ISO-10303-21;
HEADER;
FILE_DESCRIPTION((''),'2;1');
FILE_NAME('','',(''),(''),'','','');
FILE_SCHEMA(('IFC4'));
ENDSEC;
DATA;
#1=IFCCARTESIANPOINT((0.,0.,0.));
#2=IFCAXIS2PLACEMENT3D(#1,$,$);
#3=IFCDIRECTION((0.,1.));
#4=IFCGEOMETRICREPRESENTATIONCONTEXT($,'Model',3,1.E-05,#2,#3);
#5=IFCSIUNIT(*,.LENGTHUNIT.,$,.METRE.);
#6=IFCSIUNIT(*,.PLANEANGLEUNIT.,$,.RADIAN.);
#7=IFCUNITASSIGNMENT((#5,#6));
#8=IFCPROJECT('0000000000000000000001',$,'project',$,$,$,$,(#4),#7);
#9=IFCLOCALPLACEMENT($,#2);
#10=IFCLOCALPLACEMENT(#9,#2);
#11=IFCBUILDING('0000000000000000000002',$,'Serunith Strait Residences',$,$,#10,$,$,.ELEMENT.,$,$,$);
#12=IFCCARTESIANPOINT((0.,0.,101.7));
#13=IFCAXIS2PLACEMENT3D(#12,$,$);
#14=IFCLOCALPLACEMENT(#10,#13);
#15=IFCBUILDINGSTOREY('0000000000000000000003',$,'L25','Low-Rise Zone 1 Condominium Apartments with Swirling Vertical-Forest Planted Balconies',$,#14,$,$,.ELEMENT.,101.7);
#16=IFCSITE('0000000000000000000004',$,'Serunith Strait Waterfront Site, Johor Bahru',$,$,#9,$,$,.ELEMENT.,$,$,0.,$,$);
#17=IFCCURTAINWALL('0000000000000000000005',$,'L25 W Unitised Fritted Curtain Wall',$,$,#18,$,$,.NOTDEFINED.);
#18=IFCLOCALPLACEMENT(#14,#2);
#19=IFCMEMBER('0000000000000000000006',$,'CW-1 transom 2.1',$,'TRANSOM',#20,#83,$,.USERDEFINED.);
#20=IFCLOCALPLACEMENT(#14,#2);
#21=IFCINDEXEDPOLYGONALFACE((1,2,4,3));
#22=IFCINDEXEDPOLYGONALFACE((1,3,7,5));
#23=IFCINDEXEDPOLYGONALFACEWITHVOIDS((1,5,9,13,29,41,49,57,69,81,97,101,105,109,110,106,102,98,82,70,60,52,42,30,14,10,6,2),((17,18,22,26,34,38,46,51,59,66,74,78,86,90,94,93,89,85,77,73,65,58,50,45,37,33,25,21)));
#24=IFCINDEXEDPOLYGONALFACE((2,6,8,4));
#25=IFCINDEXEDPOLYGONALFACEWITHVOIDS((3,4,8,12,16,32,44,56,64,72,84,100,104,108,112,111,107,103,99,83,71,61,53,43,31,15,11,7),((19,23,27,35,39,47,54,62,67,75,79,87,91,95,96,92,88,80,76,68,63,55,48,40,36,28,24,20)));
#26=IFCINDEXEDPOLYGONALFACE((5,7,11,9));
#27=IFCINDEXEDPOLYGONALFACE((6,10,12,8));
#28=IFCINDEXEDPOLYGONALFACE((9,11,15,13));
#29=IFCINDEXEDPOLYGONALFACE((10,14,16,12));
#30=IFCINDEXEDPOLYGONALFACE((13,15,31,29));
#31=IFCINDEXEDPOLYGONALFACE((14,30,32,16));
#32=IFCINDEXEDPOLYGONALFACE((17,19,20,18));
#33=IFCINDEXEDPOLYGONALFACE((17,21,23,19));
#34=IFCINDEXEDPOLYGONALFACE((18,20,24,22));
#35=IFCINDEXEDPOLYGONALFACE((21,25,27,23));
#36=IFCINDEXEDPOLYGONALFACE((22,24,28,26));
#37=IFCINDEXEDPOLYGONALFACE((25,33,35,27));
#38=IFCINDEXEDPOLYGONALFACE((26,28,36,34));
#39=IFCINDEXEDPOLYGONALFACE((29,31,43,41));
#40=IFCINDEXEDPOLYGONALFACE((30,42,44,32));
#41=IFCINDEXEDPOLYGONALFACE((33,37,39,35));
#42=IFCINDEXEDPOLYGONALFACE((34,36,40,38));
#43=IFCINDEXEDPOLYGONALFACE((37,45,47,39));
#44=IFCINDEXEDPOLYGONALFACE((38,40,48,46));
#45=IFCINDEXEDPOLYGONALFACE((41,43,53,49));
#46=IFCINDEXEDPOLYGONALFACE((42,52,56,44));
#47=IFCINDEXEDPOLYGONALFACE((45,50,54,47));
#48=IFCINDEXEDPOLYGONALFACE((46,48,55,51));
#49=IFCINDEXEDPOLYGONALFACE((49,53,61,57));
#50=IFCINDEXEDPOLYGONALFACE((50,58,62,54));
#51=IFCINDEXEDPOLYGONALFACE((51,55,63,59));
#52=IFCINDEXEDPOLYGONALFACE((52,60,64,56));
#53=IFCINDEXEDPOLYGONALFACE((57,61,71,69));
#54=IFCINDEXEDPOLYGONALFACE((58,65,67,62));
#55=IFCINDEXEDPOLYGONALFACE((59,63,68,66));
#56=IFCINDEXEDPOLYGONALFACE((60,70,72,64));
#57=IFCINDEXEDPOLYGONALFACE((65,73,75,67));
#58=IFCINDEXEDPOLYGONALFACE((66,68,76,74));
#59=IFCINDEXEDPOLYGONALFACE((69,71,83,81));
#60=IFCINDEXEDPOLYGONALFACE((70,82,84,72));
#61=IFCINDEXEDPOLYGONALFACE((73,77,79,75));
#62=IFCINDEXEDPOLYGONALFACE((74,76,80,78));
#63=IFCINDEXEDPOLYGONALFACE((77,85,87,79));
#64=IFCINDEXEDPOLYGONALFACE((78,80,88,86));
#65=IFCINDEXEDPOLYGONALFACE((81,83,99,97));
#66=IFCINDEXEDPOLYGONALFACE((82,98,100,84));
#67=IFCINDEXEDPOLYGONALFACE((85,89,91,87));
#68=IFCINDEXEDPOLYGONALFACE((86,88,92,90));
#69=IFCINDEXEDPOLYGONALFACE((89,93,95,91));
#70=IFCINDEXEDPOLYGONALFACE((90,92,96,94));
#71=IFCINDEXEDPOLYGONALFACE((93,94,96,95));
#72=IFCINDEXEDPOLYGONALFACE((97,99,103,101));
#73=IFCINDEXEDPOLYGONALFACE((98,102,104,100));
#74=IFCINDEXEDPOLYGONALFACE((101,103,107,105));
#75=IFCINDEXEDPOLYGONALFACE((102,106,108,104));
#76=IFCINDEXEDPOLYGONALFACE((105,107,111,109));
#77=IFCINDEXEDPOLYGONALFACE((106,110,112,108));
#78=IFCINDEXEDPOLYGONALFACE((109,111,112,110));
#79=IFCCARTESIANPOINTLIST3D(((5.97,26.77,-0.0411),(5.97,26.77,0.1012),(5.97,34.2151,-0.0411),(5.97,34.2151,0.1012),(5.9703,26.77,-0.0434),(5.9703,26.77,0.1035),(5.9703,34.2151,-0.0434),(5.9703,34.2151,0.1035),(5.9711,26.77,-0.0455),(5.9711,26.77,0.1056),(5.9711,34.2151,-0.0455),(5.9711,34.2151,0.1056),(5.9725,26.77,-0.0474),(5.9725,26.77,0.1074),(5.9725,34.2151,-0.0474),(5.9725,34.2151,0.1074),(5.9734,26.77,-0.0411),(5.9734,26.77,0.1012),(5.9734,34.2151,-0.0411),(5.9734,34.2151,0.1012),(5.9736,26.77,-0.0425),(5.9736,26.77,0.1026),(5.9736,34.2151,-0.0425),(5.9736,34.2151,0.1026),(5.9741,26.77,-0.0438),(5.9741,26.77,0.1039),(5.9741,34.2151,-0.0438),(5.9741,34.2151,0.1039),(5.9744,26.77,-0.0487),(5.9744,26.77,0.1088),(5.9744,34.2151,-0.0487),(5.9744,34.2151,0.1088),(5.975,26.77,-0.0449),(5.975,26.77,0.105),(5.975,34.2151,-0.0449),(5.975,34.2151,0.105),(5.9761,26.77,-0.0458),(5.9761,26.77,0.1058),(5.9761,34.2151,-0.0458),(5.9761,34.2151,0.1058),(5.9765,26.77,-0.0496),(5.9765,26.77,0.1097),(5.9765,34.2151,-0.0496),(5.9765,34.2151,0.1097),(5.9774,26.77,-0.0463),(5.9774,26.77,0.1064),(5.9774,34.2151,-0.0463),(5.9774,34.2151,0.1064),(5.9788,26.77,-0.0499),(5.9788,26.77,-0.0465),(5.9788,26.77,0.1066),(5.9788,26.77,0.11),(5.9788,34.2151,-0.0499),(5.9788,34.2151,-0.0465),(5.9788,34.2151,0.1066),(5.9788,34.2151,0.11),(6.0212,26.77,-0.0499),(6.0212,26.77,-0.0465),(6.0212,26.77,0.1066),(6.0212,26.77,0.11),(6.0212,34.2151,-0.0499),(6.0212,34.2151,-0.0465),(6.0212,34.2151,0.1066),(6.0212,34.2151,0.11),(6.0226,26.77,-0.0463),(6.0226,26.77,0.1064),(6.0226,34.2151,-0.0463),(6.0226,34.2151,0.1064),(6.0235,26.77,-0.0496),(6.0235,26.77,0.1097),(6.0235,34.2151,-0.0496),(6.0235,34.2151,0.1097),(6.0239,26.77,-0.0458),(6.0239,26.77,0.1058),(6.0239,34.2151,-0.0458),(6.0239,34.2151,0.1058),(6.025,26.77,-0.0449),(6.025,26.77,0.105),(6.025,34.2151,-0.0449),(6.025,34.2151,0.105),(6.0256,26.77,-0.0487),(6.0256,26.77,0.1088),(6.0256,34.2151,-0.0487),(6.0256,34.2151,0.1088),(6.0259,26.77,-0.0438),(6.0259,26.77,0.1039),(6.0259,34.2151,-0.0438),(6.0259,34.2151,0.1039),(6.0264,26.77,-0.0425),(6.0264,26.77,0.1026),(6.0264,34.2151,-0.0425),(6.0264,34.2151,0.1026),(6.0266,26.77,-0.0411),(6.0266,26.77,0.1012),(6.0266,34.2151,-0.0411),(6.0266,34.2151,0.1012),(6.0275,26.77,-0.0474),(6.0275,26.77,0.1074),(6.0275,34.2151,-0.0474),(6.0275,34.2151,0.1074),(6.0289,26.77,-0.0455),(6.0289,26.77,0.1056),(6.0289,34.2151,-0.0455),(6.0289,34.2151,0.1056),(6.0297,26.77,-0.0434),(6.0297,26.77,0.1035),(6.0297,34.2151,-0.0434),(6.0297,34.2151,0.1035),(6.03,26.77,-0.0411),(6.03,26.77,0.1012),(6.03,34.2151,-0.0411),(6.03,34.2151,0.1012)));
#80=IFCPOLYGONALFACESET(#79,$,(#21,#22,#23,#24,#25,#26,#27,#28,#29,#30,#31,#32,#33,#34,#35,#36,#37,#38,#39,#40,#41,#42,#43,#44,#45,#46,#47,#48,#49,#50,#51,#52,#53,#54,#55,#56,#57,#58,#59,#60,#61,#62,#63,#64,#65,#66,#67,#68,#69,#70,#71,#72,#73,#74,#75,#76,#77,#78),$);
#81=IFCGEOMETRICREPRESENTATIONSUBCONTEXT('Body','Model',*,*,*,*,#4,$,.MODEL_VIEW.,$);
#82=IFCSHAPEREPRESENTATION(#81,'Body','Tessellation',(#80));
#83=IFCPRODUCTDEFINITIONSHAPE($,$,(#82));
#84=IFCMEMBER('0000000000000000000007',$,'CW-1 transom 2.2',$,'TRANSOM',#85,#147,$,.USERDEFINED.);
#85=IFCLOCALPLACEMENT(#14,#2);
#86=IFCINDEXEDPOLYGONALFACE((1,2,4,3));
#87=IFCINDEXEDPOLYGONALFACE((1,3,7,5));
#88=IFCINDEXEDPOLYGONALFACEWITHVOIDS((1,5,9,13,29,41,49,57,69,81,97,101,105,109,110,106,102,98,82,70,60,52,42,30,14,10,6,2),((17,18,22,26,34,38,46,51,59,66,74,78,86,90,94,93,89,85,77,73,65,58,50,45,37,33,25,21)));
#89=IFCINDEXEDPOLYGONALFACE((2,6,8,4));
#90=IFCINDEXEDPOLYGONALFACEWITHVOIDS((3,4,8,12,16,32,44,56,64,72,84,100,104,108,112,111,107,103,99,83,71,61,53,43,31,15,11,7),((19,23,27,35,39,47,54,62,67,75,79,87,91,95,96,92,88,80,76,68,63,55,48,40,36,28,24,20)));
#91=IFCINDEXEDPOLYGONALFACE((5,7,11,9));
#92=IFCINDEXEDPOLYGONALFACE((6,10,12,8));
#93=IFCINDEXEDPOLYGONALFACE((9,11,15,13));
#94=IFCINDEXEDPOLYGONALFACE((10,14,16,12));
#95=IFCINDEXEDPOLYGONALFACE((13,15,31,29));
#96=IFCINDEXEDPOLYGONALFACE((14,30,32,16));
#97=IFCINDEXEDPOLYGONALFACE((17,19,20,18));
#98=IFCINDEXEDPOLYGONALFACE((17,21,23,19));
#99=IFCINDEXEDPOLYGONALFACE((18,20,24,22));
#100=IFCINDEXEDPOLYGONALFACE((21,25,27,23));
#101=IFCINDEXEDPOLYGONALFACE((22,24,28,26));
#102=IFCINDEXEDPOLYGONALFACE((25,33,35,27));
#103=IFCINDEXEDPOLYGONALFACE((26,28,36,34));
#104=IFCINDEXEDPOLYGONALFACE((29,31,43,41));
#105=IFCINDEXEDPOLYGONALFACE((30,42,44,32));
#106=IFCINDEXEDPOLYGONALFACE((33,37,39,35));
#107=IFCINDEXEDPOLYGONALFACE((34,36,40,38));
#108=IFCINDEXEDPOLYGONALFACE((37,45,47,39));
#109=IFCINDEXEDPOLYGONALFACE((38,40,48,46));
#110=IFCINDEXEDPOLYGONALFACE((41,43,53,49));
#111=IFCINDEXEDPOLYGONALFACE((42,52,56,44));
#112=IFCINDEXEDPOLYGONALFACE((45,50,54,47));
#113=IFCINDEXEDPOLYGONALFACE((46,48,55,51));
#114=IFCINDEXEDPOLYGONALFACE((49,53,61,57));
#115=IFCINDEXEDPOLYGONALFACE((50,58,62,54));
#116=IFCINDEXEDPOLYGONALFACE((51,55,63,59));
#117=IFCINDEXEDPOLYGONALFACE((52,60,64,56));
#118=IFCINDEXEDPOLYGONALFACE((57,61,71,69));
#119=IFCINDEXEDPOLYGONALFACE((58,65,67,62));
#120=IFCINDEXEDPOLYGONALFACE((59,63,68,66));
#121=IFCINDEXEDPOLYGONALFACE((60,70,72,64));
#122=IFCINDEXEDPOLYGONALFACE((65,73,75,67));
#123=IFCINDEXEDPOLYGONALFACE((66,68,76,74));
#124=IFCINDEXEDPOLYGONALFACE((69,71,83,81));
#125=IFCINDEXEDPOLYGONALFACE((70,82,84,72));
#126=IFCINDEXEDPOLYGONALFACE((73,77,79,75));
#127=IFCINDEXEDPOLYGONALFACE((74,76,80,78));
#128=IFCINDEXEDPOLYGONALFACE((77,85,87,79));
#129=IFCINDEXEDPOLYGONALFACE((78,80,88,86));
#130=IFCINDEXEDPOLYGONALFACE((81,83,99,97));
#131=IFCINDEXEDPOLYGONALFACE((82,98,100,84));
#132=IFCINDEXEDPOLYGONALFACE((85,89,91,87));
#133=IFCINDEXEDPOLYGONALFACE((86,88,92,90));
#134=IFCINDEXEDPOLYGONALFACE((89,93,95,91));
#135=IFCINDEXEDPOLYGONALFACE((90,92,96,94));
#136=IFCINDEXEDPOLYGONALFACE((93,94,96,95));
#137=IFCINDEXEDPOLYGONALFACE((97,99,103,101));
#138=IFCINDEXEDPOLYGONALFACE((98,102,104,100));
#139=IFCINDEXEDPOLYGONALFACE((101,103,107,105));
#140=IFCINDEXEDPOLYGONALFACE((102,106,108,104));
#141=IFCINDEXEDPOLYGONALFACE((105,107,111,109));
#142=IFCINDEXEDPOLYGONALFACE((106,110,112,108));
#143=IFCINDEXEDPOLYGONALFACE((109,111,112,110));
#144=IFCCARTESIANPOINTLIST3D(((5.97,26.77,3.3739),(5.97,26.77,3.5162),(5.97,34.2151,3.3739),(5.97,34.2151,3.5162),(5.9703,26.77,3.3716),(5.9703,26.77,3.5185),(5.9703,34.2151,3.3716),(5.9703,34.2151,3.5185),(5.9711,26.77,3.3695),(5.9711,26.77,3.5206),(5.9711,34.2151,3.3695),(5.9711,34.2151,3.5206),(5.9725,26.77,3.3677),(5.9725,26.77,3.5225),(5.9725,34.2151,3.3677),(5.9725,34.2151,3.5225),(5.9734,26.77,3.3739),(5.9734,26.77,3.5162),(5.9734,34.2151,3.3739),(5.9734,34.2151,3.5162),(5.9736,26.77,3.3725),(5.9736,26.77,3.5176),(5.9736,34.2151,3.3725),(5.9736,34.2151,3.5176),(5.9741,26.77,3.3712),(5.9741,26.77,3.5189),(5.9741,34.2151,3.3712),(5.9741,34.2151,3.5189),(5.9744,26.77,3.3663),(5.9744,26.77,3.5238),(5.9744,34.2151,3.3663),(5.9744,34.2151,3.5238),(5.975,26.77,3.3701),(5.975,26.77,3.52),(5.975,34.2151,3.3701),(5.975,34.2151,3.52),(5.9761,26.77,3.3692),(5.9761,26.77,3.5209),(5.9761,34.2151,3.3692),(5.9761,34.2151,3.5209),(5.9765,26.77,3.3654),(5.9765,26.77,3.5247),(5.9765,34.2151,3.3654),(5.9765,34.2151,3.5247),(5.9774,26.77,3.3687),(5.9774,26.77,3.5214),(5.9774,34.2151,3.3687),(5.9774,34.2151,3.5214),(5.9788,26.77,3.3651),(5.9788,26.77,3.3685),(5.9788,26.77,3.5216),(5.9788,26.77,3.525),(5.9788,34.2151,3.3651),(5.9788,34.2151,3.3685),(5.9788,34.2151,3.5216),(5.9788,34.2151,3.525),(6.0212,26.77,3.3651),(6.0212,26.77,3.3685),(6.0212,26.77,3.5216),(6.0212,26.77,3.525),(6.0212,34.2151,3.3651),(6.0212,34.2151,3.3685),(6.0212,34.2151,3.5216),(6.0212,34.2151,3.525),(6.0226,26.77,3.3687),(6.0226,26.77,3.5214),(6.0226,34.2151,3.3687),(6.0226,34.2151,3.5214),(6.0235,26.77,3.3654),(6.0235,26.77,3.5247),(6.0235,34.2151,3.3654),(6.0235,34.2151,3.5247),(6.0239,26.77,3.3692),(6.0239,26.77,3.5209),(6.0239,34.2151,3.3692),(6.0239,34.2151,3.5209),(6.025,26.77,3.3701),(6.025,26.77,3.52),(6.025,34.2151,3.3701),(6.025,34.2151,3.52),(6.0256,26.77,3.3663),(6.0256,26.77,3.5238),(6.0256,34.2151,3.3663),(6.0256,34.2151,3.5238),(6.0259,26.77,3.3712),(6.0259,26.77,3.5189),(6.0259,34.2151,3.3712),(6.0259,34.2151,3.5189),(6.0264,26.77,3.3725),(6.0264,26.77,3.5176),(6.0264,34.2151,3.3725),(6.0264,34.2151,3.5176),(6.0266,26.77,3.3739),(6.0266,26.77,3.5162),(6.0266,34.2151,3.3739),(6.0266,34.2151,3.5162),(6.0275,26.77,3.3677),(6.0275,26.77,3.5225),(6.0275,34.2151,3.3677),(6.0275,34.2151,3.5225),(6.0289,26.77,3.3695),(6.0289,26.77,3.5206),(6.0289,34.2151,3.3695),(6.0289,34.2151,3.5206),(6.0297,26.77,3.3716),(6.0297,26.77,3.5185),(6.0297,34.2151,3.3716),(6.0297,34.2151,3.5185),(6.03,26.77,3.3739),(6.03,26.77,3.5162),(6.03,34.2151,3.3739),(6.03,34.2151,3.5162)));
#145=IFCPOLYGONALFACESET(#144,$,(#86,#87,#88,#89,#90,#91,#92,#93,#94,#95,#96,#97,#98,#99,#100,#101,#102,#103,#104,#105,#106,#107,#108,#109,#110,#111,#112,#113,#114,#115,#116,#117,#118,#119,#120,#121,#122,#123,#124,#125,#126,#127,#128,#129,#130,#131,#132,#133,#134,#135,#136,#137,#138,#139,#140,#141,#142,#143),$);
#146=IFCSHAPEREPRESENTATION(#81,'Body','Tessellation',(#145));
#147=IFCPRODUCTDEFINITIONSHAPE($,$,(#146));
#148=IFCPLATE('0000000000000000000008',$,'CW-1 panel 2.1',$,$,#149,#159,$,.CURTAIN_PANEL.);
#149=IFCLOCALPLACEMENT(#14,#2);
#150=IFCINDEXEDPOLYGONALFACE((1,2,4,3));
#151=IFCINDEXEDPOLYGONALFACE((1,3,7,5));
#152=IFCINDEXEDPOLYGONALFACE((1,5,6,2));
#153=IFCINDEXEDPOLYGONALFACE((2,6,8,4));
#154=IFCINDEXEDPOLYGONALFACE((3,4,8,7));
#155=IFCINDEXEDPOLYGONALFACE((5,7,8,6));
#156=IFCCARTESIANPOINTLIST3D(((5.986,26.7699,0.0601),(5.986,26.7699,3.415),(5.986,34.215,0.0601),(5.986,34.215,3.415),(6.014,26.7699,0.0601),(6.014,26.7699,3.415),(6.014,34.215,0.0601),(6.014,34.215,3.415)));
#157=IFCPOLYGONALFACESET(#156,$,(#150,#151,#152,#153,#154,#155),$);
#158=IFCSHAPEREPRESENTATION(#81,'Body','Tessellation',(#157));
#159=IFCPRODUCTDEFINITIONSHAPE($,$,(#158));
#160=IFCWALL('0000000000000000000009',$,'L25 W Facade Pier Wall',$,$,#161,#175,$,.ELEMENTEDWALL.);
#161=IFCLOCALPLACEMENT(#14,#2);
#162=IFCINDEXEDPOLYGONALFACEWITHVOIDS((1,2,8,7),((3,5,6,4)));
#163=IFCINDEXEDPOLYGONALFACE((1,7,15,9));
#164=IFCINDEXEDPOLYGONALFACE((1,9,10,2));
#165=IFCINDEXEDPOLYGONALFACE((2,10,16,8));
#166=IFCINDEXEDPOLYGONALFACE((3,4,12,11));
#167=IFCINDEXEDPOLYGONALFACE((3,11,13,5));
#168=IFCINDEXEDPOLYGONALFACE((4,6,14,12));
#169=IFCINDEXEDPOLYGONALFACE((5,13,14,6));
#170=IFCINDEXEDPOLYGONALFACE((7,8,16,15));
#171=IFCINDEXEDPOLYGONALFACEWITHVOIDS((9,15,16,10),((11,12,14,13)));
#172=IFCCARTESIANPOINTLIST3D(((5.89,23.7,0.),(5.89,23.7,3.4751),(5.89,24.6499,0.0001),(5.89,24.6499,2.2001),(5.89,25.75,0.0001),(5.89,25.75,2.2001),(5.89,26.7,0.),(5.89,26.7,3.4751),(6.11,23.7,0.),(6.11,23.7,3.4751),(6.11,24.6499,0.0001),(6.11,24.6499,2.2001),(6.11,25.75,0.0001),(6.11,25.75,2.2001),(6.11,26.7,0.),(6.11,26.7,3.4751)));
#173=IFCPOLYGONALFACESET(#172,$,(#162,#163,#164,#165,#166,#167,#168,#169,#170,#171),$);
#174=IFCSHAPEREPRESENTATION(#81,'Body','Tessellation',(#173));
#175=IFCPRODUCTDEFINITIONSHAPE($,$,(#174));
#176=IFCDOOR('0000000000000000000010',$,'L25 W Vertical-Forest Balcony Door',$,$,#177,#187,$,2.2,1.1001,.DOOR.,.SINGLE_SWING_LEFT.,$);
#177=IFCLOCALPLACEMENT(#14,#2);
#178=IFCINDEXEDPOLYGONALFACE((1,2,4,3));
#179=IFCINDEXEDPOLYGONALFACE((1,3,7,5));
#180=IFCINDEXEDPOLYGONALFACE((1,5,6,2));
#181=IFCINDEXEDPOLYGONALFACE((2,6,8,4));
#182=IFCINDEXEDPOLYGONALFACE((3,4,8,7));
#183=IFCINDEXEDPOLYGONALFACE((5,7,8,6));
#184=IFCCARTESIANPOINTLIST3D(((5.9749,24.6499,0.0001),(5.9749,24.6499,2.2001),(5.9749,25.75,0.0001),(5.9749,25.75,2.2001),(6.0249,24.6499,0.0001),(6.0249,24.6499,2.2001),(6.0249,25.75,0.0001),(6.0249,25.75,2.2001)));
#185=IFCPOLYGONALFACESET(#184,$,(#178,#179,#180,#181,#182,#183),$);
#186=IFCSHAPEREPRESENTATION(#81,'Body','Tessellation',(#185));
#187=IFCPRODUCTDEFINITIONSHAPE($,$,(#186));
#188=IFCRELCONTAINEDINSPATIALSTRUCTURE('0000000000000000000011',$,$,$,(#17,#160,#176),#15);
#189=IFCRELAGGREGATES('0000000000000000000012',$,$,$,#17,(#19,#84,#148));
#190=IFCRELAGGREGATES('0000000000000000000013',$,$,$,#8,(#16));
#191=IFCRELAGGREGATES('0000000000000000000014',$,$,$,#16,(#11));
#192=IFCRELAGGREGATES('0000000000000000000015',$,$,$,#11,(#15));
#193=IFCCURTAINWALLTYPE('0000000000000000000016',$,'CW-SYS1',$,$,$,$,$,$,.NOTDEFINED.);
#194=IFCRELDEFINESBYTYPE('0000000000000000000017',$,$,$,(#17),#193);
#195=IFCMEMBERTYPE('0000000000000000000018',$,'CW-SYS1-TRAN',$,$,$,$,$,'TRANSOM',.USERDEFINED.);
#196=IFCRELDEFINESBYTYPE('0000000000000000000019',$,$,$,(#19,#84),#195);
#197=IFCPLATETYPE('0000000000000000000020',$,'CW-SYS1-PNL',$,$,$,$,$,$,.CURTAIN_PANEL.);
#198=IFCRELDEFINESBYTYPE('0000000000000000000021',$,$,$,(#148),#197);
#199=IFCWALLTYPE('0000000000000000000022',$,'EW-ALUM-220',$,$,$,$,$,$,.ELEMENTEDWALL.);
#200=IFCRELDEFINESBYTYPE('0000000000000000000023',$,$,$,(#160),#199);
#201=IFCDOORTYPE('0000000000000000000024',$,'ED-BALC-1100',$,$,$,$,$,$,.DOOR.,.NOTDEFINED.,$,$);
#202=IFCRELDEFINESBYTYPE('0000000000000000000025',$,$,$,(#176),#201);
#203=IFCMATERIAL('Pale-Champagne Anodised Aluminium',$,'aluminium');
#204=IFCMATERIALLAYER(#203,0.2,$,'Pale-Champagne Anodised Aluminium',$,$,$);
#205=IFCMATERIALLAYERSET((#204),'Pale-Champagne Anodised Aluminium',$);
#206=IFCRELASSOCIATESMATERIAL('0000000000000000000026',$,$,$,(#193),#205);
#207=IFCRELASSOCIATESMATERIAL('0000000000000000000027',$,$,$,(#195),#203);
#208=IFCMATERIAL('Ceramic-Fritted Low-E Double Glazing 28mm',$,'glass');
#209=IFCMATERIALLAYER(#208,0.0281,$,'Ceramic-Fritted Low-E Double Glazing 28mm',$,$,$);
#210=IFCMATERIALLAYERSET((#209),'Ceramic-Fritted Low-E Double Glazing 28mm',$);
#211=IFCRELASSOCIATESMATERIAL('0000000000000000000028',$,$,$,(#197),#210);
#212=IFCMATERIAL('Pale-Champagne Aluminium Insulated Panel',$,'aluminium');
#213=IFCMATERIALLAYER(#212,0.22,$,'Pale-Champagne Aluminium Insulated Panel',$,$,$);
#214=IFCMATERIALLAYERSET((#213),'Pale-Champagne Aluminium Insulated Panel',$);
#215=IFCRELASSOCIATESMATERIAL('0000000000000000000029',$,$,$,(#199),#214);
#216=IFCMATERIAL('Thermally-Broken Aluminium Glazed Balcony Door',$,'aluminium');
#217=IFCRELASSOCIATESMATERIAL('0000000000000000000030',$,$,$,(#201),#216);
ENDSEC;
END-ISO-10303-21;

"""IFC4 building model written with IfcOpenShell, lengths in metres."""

from ifc_helpers import new_model, si_unit, direction, frame, frame_2d, origin, origin_2d, place, context, subcontext, project, spatial, rectangle, hollow_rectangle, extrude, source, transform, mapped, material, layer, layer_set, material_profile, profile_set, type_object, element, fill, aggregate, save


model = new_model("IFC4")

# Units and contexts
model_context = context("Model", 3, precision=1e-05, world=origin(), true_north=direction((0.0, 1.0)))
body_context = subcontext(model_context, "Body", "Model", "MODEL_VIEW")
ifc_project = project(units=[si_unit("LENGTHUNIT", "METRE"), si_unit("PLANEANGLEUNIT", "RADIAN")], contexts=[model_context])

# Site, building, storey
site_placement = place(None, origin())
site = spatial("IfcSite", under=ifc_project, at=site_placement, Name="Serunith Strait Waterfront Site, Johor Bahru", CompositionType="ELEMENT", RefElevation=0.0)
building_placement = place(site_placement, origin())
building = spatial("IfcBuilding", under=site, at=building_placement, Name="Serunith Strait Residences", CompositionType="ELEMENT")
storey_placement = place(building_placement, frame((0.0, 0.0, 101.7)))
storey = spatial("IfcBuildingStorey", under=building, at=storey_placement, Name="L25", Description="Low-Rise Zone 1 Condominium Apartments with Swirling Vertical-Forest Planted Balconies", CompositionType="ELEMENT", Elevation=101.7)

# Curtain wall, members, plate
ifc_material_1 = material(Name="Pale-Champagne Anodised Aluminium", Category="aluminium")
ifc_layer_1 = layer(ifc_material_1, 0.2, Name="Pale-Champagne Anodised Aluminium")
ifc_layer_set_1 = layer_set([ifc_layer_1], Name="Pale-Champagne Anodised Aluminium")
curtain_wall_type = type_object("IfcCurtainWallType", Name="CW-SYS1", PredefinedType="NOTDEFINED", material=ifc_layer_set_1)
curtain_wall_placement = place(storey_placement, origin())
curtain_wall = element("IfcCurtainWall", 1, at=curtain_wall_placement, inside=storey, type_object=curtain_wall_type, Name="L25 W Unitised Fritted Curtain Wall", PredefinedType="NOTDEFINED")
ifc_material_profile_1 = material_profile(ifc_material_1, hollow_rectangle(XDim=0.0601, YDim=0.1599, WallThickness=0.0034, InnerFilletRadius=0.0054, OuterFilletRadius=0.0088, at=origin_2d()), Name="ALU 160x60x3.5")
ifc_profile_set_1 = profile_set([ifc_material_profile_1], Name="Pale-Champagne Anodised Aluminium")
member_type_1 = type_object("IfcMemberType", Name="CW-SYS1-TRAN", ElementType="TRANSOM", PredefinedType="USERDEFINED", material=ifc_profile_set_1)
shared_shape_1 = source(origin(), body_context, "Body", "SweptSolid", [
    extrude(hollow_rectangle(XDim=0.0601, YDim=0.1599, WallThickness=0.0034, InnerFilletRadius=0.0054, OuterFilletRadius=0.0088, at=origin_2d()), origin(), (0.0, 0.0, 1.0), 7.4451),
])
member_1_placement = place(storey_placement, frame((6.0, 34.2151, 0.03), z_axis=(0.0, -1.0, 0.0), x_axis=(1.0, 0.0, 0.0)))
member_1 = element("IfcMember", 2, at=member_1_placement, type_object=member_type_1, Name="CW-1 transom 2.1", ObjectType="TRANSOM", PredefinedType="USERDEFINED", context=body_context, shape_type="MappedRepresentation", body=[
    mapped(shared_shape_1, transform((0.0, 0.0, 0.0), scale=1.0)),
])
member_2_placement = place(storey_placement, frame((6.0, 34.2151, 3.4451), z_axis=(0.0, -1.0, 0.0), x_axis=(1.0, 0.0, 0.0)))
member_2 = element("IfcMember", 3, at=member_2_placement, type_object=member_type_1, Name="CW-1 transom 2.2", ObjectType="TRANSOM", PredefinedType="USERDEFINED", context=body_context, shape_type="MappedRepresentation", body=[
    mapped(shared_shape_1, transform((0.0, 0.0, 0.0), scale=1.0)),
])
ifc_material_2 = material(Name="Ceramic-Fritted Low-E Double Glazing 28mm", Category="glass")
ifc_layer_2 = layer(ifc_material_2, 0.0281, Name="Ceramic-Fritted Low-E Double Glazing 28mm")
ifc_layer_set_2 = layer_set([ifc_layer_2], Name="Ceramic-Fritted Low-E Double Glazing 28mm")
plate_type = type_object("IfcPlateType", Name="CW-SYS1-PNL", PredefinedType="CURTAIN_PANEL", material=ifc_layer_set_2)
shared_shape_2 = source(origin(), body_context, "Body", "SweptSolid", [
    extrude(rectangle(XDim=7.4451, YDim=0.0281, at=origin_2d()), origin(), (0.0, 0.0, 1.0), 3.355),
])
plate_placement = place(storey_placement, frame((6.0, 30.4924, 0.0601), z_axis=(0.0, 0.0, 1.0), x_axis=(0.0, -1.0, 0.0)))
plate = element("IfcPlate", 4, at=plate_placement, type_object=plate_type, Name="CW-1 panel 2.1", PredefinedType="CURTAIN_PANEL", context=body_context, shape_type="MappedRepresentation", body=[
    mapped(shared_shape_2, transform((0.0, 0.0, 0.0), scale=1.0)),
])
aggregate(curtain_wall, [member_1, member_2, plate])

# Wall, opening, door
ifc_material_3 = material(Name="Pale-Champagne Aluminium Insulated Panel", Category="aluminium")
ifc_layer_3 = layer(ifc_material_3, 0.22, Name="Pale-Champagne Aluminium Insulated Panel")
ifc_layer_set_3 = layer_set([ifc_layer_3], Name="Pale-Champagne Aluminium Insulated Panel")
wall_type_1 = type_object("IfcWallType", Name="EW-ALUM-220", PredefinedType="ELEMENTEDWALL", material=ifc_layer_set_3)
wall_1_placement = place(storey_placement, frame((6.0, 26.7, 0.0), z_axis=(0.0, 0.0, 1.0), x_axis=(0.0, -1.0, 0.0)))
wall_1 = element("IfcWall", 5, at=wall_1_placement, inside=storey, type_object=wall_type_1, Name="L25 W Facade Pier Wall", PredefinedType="ELEMENTEDWALL", context=body_context, shape_type="SweptSolid", body=[
    extrude(rectangle(XDim=3.0, YDim=0.22, at=frame_2d((1.5, 0.0))), origin(), (0.0, 0.0, 1.0), 3.4751),
])
opening_1_placement = place(wall_1_placement, frame((0.95, 0.0, 0.0)))
opening_1 = element("IfcOpeningElement", 6, at=opening_1_placement, cuts=wall_1, PredefinedType="OPENING", context=body_context, shape_type="SweptSolid", body=[
    extrude(rectangle(XDim=1.1001, YDim=2.2, at=frame_2d((0.55, 1.1001))), frame((0.0, 0.1201, 0.0), z_axis=(0.0, -1.0, 0.0), x_axis=(1.0, 0.0, 0.0)), (0.0, 0.0, 1.0), 0.24),
])
ifc_material_4 = material(Name="Thermally-Broken Aluminium Glazed Balcony Door", Category="aluminium")
door_type_1 = type_object("IfcDoorType", Name="ED-BALC-1100", OperationType="NOTDEFINED", PredefinedType="DOOR", material=ifc_material_4)
shared_shape_3 = source(origin(), body_context, "Body", "SweptSolid", [
    extrude(rectangle(XDim=1.1001, YDim=2.2, at=frame_2d((0.55, 1.1001))), frame((0.0, 0.0249, 0.0), z_axis=(0.0, -1.0, 0.0), x_axis=(1.0, 0.0, 0.0)), (0.0, 0.0, 1.0), 0.05),
])
door_1_placement = place(opening_1_placement, origin())
door_1 = element("IfcDoor", 7, at=door_1_placement, inside=storey, type_object=door_type_1, Name="L25 W Vertical-Forest Balcony Door", OperationType="SINGLE_SWING_LEFT", OverallHeight=2.2, OverallWidth=1.1001, PredefinedType="DOOR", context=body_context, shape_type="MappedRepresentation", body=[
    mapped(shared_shape_3, transform((0.0, 0.0, 0.0), scale=1.0)),
])
fill(opening_1, door_1)

save(model, "model.ifc")
